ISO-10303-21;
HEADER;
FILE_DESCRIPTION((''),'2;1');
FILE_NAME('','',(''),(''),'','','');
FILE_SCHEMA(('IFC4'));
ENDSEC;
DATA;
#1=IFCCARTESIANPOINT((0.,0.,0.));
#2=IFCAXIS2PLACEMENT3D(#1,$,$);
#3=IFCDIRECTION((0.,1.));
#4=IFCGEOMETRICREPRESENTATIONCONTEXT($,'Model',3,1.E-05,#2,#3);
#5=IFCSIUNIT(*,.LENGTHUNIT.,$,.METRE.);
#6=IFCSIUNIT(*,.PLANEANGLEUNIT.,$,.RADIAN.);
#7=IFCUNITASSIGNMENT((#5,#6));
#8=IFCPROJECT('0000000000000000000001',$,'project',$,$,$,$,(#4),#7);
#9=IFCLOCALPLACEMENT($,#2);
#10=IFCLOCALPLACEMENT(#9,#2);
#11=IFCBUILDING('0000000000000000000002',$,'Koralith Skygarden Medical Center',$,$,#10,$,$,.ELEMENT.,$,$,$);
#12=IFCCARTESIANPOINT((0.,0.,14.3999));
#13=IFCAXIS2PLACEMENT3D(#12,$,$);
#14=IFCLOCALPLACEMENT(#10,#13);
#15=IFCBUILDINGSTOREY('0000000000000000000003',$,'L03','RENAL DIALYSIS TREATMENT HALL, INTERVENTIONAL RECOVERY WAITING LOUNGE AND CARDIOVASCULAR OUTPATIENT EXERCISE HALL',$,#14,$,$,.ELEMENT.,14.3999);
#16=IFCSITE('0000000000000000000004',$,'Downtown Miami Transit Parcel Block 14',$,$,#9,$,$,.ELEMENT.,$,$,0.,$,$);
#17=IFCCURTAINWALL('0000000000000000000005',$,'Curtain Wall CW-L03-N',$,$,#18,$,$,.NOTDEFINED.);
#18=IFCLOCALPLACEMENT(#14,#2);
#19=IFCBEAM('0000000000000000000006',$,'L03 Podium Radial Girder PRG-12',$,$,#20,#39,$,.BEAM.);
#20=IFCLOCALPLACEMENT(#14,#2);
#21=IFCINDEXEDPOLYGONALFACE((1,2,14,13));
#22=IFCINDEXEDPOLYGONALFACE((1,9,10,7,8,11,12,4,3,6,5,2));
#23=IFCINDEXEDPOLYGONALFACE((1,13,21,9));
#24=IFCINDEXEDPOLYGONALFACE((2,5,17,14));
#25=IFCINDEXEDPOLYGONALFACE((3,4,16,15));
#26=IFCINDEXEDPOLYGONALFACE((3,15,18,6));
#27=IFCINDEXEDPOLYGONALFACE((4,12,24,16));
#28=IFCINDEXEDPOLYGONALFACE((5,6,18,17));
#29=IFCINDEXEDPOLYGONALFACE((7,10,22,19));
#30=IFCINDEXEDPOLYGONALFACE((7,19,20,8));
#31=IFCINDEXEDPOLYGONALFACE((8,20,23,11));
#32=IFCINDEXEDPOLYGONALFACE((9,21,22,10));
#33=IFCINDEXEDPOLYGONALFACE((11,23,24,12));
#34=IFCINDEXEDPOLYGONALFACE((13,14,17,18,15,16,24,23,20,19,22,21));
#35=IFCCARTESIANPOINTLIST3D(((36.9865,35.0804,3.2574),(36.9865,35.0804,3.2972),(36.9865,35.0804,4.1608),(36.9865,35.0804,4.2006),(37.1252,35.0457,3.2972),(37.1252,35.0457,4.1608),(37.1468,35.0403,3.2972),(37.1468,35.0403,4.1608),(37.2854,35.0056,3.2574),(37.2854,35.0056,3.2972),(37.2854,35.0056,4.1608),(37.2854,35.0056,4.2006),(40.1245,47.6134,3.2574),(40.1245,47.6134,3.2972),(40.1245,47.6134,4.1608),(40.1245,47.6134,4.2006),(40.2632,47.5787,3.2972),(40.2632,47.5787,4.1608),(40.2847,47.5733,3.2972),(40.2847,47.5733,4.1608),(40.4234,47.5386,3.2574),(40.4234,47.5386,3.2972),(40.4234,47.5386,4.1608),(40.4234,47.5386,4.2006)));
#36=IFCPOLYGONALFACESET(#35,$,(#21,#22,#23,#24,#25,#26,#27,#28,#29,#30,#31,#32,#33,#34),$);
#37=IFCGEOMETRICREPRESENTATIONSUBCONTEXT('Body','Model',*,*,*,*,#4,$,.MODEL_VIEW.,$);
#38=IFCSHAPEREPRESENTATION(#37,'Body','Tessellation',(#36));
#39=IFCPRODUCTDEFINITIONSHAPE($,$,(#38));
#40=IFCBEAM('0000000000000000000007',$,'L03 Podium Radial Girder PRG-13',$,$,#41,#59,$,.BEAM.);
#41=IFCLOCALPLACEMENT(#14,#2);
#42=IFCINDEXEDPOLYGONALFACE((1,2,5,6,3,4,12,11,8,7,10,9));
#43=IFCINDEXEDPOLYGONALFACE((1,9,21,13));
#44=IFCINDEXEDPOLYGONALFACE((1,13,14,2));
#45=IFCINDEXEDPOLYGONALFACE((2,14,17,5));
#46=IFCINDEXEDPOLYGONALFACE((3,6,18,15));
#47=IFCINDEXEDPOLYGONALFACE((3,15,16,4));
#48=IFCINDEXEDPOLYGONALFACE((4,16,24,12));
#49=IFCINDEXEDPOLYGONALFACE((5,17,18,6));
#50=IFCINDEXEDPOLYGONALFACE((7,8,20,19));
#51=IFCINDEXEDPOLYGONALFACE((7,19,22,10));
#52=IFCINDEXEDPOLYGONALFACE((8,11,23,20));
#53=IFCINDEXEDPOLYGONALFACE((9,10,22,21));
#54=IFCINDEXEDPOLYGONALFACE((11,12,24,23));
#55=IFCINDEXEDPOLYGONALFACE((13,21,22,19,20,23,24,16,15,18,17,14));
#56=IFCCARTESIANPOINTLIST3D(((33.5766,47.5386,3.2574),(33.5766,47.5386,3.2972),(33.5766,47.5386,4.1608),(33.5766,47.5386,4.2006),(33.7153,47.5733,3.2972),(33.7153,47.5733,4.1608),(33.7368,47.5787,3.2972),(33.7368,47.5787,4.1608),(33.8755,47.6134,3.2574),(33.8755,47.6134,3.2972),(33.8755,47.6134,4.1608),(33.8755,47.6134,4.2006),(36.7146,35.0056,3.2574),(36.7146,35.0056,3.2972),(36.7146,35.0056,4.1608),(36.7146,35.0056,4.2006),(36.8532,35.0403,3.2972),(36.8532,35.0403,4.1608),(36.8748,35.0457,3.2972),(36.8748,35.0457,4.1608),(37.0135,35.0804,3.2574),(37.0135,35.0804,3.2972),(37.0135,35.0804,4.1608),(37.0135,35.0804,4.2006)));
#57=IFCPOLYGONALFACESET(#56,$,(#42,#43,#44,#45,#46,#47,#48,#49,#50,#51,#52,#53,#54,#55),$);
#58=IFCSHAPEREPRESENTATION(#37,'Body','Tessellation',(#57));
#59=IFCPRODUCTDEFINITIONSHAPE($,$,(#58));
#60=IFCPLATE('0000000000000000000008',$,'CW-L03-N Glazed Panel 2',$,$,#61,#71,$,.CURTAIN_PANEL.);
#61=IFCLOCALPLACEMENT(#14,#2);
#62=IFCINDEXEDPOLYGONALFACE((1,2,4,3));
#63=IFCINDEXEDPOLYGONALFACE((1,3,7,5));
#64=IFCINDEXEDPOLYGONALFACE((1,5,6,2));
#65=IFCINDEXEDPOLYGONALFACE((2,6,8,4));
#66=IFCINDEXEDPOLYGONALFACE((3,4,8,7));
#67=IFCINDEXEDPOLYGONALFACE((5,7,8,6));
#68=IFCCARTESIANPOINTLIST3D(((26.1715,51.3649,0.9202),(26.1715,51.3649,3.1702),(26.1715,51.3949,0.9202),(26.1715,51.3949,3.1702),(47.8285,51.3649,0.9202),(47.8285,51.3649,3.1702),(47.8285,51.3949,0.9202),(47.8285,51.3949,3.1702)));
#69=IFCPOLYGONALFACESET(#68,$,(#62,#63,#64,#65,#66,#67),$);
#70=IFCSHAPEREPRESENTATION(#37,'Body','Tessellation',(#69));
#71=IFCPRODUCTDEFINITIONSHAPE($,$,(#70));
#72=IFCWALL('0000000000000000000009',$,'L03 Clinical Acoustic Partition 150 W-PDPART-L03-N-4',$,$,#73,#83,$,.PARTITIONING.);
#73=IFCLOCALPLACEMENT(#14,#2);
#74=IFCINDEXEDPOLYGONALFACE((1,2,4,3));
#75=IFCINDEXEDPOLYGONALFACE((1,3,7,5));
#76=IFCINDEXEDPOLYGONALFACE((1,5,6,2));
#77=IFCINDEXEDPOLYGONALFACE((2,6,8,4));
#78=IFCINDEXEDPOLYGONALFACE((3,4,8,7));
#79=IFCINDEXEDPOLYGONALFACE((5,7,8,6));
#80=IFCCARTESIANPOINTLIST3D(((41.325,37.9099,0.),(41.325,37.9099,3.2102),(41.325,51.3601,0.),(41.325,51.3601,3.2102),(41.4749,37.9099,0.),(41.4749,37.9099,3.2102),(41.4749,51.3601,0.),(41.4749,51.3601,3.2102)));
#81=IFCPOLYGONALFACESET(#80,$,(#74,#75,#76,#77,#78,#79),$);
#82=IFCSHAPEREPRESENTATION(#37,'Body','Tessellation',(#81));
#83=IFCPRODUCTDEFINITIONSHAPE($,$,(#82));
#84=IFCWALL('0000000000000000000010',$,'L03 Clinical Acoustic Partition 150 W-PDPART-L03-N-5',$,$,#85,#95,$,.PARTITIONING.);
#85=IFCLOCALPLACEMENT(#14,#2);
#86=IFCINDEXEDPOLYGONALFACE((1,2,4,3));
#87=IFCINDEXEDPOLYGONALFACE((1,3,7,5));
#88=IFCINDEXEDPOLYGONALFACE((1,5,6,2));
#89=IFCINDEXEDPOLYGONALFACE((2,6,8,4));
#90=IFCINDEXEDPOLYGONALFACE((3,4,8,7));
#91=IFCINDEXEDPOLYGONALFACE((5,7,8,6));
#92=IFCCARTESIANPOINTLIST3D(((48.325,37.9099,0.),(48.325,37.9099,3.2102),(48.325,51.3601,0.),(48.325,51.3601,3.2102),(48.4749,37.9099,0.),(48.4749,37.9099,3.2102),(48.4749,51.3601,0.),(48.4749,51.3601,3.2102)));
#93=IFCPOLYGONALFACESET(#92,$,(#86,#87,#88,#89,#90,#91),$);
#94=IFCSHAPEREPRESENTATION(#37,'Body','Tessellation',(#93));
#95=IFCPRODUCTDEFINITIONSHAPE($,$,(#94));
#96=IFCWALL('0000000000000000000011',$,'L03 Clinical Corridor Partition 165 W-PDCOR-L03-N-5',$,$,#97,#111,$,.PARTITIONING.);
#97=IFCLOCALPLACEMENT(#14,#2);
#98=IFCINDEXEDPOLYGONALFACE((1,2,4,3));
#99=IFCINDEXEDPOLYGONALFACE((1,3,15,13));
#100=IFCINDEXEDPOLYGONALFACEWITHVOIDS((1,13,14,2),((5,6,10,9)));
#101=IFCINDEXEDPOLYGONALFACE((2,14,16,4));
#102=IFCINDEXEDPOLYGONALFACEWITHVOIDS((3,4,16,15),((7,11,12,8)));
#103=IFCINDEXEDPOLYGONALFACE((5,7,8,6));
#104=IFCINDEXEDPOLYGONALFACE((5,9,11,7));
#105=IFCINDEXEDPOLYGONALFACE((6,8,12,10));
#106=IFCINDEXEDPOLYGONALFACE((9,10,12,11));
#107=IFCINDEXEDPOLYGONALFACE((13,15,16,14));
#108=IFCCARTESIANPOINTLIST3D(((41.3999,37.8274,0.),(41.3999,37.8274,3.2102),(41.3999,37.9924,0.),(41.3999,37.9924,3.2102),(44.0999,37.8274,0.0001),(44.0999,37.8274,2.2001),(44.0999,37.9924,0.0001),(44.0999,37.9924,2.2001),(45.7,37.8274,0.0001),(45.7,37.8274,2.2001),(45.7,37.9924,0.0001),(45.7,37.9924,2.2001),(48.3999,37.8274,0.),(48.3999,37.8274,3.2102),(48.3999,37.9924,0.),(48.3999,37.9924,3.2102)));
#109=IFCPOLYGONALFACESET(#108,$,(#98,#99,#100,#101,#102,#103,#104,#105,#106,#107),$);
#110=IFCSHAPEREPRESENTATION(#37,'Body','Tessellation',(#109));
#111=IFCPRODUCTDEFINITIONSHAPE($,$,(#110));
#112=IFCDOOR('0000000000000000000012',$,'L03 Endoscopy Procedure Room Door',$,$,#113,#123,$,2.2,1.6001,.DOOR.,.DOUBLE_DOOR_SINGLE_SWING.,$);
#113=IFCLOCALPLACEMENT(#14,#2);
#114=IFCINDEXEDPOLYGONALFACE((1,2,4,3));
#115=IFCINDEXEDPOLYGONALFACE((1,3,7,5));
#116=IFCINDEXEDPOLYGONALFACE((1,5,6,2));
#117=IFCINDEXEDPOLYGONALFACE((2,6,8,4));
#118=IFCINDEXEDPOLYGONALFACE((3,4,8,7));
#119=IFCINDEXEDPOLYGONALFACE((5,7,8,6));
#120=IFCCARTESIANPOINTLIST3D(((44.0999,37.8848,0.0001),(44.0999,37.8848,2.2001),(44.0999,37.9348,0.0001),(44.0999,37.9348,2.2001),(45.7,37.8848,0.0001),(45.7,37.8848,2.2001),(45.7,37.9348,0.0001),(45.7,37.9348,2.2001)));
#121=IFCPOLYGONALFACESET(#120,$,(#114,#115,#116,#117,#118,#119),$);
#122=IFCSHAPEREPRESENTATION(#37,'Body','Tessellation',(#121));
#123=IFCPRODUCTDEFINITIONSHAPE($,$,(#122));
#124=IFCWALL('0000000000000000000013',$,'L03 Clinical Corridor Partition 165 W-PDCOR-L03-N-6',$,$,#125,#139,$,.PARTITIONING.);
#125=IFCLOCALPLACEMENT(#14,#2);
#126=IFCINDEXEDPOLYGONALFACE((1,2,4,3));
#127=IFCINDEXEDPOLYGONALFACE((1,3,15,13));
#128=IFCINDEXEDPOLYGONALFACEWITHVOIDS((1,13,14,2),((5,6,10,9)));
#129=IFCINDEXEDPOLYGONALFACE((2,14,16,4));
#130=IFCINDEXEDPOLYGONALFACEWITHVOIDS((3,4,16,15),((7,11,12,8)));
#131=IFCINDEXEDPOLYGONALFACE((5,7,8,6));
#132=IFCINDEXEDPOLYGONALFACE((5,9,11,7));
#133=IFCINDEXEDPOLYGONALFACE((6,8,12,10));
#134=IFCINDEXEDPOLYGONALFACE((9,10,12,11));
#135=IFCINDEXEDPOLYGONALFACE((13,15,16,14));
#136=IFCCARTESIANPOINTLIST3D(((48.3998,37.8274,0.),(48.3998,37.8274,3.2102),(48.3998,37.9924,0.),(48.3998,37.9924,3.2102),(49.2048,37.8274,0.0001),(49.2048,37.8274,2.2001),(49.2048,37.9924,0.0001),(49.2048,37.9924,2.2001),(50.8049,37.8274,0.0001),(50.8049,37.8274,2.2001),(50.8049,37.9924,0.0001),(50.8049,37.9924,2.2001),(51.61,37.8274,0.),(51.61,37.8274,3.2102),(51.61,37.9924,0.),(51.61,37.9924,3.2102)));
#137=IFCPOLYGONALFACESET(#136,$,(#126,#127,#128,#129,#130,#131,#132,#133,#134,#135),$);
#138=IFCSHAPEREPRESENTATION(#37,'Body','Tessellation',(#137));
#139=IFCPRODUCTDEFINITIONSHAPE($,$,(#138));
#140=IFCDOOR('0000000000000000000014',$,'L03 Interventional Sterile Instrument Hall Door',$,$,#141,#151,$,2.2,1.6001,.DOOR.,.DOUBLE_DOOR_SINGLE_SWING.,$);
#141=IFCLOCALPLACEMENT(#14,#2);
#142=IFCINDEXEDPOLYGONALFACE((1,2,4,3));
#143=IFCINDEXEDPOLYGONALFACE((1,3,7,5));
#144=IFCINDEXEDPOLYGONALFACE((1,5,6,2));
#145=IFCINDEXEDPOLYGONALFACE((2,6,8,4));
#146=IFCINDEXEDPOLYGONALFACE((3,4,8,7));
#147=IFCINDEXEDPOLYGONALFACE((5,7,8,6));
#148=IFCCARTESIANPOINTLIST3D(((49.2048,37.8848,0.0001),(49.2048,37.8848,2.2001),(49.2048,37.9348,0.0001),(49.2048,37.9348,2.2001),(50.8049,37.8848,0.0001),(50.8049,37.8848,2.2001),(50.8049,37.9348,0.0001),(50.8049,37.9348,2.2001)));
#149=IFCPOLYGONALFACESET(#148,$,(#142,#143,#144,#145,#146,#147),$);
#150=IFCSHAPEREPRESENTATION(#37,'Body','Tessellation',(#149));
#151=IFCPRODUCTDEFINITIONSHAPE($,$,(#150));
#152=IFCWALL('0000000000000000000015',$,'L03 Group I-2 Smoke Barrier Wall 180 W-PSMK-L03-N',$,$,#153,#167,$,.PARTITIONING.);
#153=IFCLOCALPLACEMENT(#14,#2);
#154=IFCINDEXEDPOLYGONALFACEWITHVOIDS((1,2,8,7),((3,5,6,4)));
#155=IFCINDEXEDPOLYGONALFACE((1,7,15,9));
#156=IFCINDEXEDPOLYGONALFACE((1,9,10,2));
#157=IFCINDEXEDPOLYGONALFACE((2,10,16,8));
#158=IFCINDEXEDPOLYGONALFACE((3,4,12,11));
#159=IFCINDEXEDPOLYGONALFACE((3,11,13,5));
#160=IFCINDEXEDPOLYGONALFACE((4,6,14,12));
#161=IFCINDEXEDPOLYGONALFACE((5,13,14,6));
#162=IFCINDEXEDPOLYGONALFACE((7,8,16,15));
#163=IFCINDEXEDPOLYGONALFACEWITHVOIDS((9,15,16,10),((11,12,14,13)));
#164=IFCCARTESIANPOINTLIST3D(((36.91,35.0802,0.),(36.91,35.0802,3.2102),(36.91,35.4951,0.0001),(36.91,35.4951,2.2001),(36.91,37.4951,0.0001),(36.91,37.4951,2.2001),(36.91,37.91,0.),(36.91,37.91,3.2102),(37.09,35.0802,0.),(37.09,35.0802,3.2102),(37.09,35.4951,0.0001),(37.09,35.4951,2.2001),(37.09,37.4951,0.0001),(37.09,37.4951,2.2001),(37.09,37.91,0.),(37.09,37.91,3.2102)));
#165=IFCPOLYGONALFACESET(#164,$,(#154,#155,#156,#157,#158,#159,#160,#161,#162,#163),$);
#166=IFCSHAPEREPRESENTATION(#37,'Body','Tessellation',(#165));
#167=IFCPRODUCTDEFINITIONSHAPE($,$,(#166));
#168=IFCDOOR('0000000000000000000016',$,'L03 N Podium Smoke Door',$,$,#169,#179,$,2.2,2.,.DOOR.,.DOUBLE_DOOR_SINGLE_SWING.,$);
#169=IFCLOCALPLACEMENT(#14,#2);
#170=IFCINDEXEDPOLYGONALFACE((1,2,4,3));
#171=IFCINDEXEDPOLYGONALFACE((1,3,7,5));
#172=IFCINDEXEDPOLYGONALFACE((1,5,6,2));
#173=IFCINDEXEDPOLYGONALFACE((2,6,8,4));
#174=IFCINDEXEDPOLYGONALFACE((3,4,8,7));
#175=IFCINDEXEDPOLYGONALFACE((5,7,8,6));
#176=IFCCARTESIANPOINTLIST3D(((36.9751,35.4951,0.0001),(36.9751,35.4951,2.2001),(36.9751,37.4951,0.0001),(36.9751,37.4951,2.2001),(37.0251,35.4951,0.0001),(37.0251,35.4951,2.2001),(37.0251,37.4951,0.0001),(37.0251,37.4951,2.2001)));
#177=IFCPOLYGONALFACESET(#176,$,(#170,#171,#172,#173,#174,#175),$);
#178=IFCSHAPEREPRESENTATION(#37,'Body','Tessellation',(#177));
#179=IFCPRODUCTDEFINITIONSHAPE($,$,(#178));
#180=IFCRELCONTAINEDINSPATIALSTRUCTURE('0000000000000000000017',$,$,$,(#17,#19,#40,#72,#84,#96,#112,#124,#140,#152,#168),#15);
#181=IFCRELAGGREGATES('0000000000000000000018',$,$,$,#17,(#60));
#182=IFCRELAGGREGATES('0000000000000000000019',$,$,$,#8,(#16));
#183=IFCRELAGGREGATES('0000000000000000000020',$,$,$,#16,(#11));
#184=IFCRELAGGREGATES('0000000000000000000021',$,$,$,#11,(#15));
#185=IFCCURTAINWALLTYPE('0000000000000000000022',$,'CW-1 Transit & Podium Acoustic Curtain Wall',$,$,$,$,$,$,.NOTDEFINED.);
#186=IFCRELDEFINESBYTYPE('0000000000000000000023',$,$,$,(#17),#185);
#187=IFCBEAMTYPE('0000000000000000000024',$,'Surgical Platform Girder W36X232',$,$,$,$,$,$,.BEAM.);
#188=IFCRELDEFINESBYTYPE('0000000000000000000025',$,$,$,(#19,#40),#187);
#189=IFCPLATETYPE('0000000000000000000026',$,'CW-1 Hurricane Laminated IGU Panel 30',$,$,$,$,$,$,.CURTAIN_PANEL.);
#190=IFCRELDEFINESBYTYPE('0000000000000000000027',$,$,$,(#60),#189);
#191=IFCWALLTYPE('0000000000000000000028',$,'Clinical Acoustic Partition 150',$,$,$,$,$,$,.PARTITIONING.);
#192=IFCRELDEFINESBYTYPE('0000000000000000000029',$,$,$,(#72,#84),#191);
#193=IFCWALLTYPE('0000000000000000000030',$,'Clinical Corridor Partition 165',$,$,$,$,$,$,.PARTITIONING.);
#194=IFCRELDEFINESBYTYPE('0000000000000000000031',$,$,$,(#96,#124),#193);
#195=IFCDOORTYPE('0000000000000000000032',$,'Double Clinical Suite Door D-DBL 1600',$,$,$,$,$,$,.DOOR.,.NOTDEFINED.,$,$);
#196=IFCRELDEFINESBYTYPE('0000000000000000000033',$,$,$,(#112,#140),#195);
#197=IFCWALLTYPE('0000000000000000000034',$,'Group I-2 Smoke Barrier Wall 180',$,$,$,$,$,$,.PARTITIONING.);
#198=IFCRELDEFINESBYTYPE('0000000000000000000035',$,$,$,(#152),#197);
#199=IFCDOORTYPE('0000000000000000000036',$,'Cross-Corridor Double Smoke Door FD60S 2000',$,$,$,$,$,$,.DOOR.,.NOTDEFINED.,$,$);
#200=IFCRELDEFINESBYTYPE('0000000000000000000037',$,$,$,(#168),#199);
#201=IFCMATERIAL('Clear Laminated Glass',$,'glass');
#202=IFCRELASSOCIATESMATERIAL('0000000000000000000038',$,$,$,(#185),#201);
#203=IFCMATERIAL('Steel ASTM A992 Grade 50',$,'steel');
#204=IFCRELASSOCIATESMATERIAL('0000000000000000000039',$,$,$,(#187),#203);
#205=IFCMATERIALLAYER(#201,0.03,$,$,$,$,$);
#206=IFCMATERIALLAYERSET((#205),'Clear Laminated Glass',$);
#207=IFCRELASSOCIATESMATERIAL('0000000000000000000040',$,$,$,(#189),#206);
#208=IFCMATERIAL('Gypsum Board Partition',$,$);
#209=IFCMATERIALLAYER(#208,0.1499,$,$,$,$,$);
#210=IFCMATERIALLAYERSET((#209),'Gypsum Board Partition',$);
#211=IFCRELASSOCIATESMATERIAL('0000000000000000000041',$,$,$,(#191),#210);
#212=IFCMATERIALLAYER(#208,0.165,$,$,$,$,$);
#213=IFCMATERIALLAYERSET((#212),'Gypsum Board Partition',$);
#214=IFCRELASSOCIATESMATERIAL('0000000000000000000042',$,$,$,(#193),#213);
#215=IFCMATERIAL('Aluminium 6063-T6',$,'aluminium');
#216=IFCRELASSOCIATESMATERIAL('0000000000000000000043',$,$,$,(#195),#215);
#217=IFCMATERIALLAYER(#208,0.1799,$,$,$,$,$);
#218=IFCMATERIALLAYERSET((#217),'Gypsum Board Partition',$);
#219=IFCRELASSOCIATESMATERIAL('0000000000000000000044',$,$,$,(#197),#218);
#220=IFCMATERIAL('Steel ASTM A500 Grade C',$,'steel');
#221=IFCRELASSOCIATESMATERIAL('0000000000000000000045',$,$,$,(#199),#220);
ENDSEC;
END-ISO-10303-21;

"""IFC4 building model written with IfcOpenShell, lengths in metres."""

from ifc_helpers import new_model, si_unit, direction, frame, frame_2d, origin, origin_2d, place, context, subcontext, project, spatial, rectangle, i_section, extrude, material, layer, layer_set, material_profile, profile_set, type_object, element, fill, aggregate, save


model = new_model("IFC4")

# Units and contexts
model_context = context("Model", 3, precision=1e-05, world=origin(), true_north=direction((0.0, 1.0)))
body_context = subcontext(model_context, "Body", "Model", "MODEL_VIEW")
ifc_project = project(units=[si_unit("LENGTHUNIT", "METRE"), si_unit("PLANEANGLEUNIT", "RADIAN")], contexts=[model_context])

# Site, building, storey
site_placement = place(None, origin())
site = spatial("IfcSite", under=ifc_project, at=site_placement, Name="Downtown Miami Transit Parcel Block 14", CompositionType="ELEMENT", RefElevation=0.0)
building_placement = place(site_placement, origin())
building = spatial("IfcBuilding", under=site, at=building_placement, Name="Koralith Skygarden Medical Center", CompositionType="ELEMENT")
storey_placement = place(building_placement, frame((0.0, 0.0, 14.3999)))
storey = spatial("IfcBuildingStorey", under=building, at=storey_placement, Name="L03", Description="RENAL DIALYSIS TREATMENT HALL, INTERVENTIONAL RECOVERY WAITING LOUNGE AND CARDIOVASCULAR OUTPATIENT EXERCISE HALL", CompositionType="ELEMENT", Elevation=14.3999)

# Curtain wall
ifc_material_1 = material(Name="Clear Laminated Glass", Category="glass")
curtain_wall_type = type_object("IfcCurtainWallType", Name="CW-1 Transit & Podium Acoustic Curtain Wall", PredefinedType="NOTDEFINED", material=ifc_material_1)
curtain_wall_placement = place(storey_placement, origin())
curtain_wall = element("IfcCurtainWall", 1, at=curtain_wall_placement, inside=storey, type_object=curtain_wall_type, Name="Curtain Wall CW-L03-N", PredefinedType="NOTDEFINED")
ifc_material_2 = material(Name="Aluminium 6063-T6", Category="aluminium")

# Beams
ifc_material_3 = material(Name="Steel ASTM A992 Grade 50", Category="steel")
ifc_material_profile_1 = material_profile(ifc_material_3, i_section(OverallWidth=0.3081, OverallDepth=0.9431, WebThickness=0.0222, FlangeThickness=0.0398, at=origin_2d()), Name="W36X232")
ifc_profile_set_1 = profile_set([ifc_material_profile_1], Name="Steel ASTM A992 Grade 50")
beam_type_1 = type_object("IfcBeamType", Name="Surgical Platform Girder W36X232", PredefinedType="BEAM", material=ifc_profile_set_1)
for number, where, z_axis, x_axis, name in (
    (2, (37.136, 35.043, 3.729), (0.242878, 0.970057, 0.0), (-0.970057, 0.242878, 0.0), "L03 Podium Radial Girder PRG-12"),
    (3, (36.864, 35.043, 3.729), (-0.242878, 0.970057, 0.0), (-0.970057, -0.242878, 0.0), "L03 Podium Radial Girder PRG-13"),
):
    element("IfcBeam", number, at=place(storey_placement, frame(where, z_axis=z_axis, x_axis=x_axis)), inside=storey, type_object=beam_type_1, Name=name, PredefinedType="BEAM", context=body_context, shape_type="SweptSolid", body=[
        extrude(i_section(OverallWidth=0.3081, OverallDepth=0.9431, WebThickness=0.0222, FlangeThickness=0.0398, at=origin_2d()), origin(), (0.0, 0.0, 1.0), 12.9199),
    ])

# Plate
ifc_layer_1 = layer(ifc_material_1, 0.03)
ifc_layer_set_1 = layer_set([ifc_layer_1], Name="Clear Laminated Glass")
plate_type = type_object("IfcPlateType", Name="CW-1 Hurricane Laminated IGU Panel 30", PredefinedType="CURTAIN_PANEL", material=ifc_layer_set_1)
plate_placement = place(storey_placement, frame((37.0, 51.3799, 0.9202), z_axis=(0.0, 0.0, 1.0), x_axis=(-1.0, 0.0, 0.0)))
plate = element("IfcPlate", 4, at=plate_placement, type_object=plate_type, Name="CW-L03-N Glazed Panel 2", PredefinedType="CURTAIN_PANEL", context=body_context, shape_type="SweptSolid", body=[
    extrude(rectangle(XDim=21.657, YDim=0.03, at=origin_2d()), origin(), (0.0, 0.0, 1.0), 2.25),
])
aggregate(curtain_wall, [plate])

# Walls
ifc_material_4 = material(Name="Gypsum Board Partition")
ifc_layer_2 = layer(ifc_material_4, 0.1499)
ifc_layer_set_2 = layer_set([ifc_layer_2], Name="Gypsum Board Partition")
wall_type_1 = type_object("IfcWallType", Name="Clinical Acoustic Partition 150", PredefinedType="PARTITIONING", material=ifc_layer_set_2)
for number, where, z_axis, x_axis, name in (
    (5, (41.3999, 37.9099, 0.0), (0.0, 0.0, 1.0), (0.0, 1.0, 0.0), "L03 Clinical Acoustic Partition 150 W-PDPART-L03-N-4"),
    (6, (48.3999, 37.9099, 0.0), (0.0, 0.0, 1.0), (0.0, 1.0, 0.0), "L03 Clinical Acoustic Partition 150 W-PDPART-L03-N-5"),
):
    element("IfcWall", number, at=place(storey_placement, frame(where, z_axis=z_axis, x_axis=x_axis)), inside=storey, type_object=wall_type_1, Name=name, PredefinedType="PARTITIONING", context=body_context, shape_type="SweptSolid", body=[
        extrude(rectangle(XDim=13.4502, YDim=0.1499, at=frame_2d((6.7251, 0.0))), origin(), (0.0, 0.0, 1.0), 3.2102),
    ])

# Walls, openings, doors
ifc_layer_3 = layer(ifc_material_4, 0.165)
ifc_layer_set_3 = layer_set([ifc_layer_3], Name="Gypsum Board Partition")
wall_type_2 = type_object("IfcWallType", Name="Clinical Corridor Partition 165", PredefinedType="PARTITIONING", material=ifc_layer_set_3)
wall_1_placement = place(storey_placement, frame((41.3999, 37.9099, 0.0), z_axis=(0.0, 0.0, 1.0), x_axis=(1.0, 0.0, 0.0)))
wall_1 = element("IfcWall", 7, at=wall_1_placement, inside=storey, type_object=wall_type_2, Name="L03 Clinical Corridor Partition 165 W-PDCOR-L03-N-5", PredefinedType="PARTITIONING", context=body_context, shape_type="SweptSolid", body=[
    extrude(rectangle(XDim=7.0, YDim=0.165, at=frame_2d((3.5, 0.0))), origin(), (0.0, 0.0, 1.0), 3.2102),
])
opening_1_placement = place(wall_1_placement, frame((2.7, 0.0, 0.0)))
opening_1 = element("IfcOpeningElement", 8, at=opening_1_placement, cuts=wall_1, PredefinedType="OPENING", context=body_context, shape_type="SweptSolid", body=[
    extrude(rectangle(XDim=1.6001, YDim=2.2, at=frame_2d((0.8, 1.1001))), frame((0.0, 0.0925, 0.0), z_axis=(0.0, -1.0, 0.0), x_axis=(1.0, 0.0, 0.0)), (0.0, 0.0, 1.0), 0.1851),
])
door_type_1 = type_object("IfcDoorType", Name="Double Clinical Suite Door D-DBL 1600", OperationType="NOTDEFINED", PredefinedType="DOOR", material=ifc_material_2)
door_1_placement = place(opening_1_placement, origin())
door_1 = element("IfcDoor", 9, at=door_1_placement, inside=storey, type_object=door_type_1, Name="L03 Endoscopy Procedure Room Door", OperationType="DOUBLE_DOOR_SINGLE_SWING", OverallHeight=2.2, OverallWidth=1.6001, PredefinedType="DOOR", context=body_context, shape_type="SweptSolid", body=[
    extrude(rectangle(XDim=1.6001, YDim=2.2, at=frame_2d((0.8, 1.1001))), frame((0.0, 0.0249, 0.0), z_axis=(0.0, -1.0, 0.0), x_axis=(1.0, 0.0, 0.0)), (0.0, 0.0, 1.0), 0.05),
])
fill(opening_1, door_1)
wall_2_placement = place(storey_placement, frame((48.3999, 37.9099, 0.0), z_axis=(0.0, 0.0, 1.0), x_axis=(1.0, 0.0, 0.0)))
wall_2 = element("IfcWall", 10, at=wall_2_placement, inside=storey, type_object=wall_type_2, Name="L03 Clinical Corridor Partition 165 W-PDCOR-L03-N-6", PredefinedType="PARTITIONING", context=body_context, shape_type="SweptSolid", body=[
    extrude(rectangle(XDim=3.2102, YDim=0.165, at=frame_2d((1.605, 0.0))), origin(), (0.0, 0.0, 1.0), 3.2102),
])
opening_2_placement = place(wall_2_placement, frame((0.8049, 0.0, 0.0)))
opening_2 = element("IfcOpeningElement", 11, at=opening_2_placement, cuts=wall_2, PredefinedType="OPENING", context=body_context, shape_type="SweptSolid", body=[
    extrude(rectangle(XDim=1.6001, YDim=2.2, at=frame_2d((0.8, 1.1001))), frame((0.0, 0.0925, 0.0), z_axis=(0.0, -1.0, 0.0), x_axis=(1.0, 0.0, 0.0)), (0.0, 0.0, 1.0), 0.1851),
])
door_2_placement = place(opening_2_placement, origin())
door_2 = element("IfcDoor", 12, at=door_2_placement, inside=storey, type_object=door_type_1, Name="L03 Interventional Sterile Instrument Hall Door", OperationType="DOUBLE_DOOR_SINGLE_SWING", OverallHeight=2.2, OverallWidth=1.6001, PredefinedType="DOOR", context=body_context, shape_type="SweptSolid", body=[
    extrude(rectangle(XDim=1.6001, YDim=2.2, at=frame_2d((0.8, 1.1001))), frame((0.0, 0.0249, 0.0), z_axis=(0.0, -1.0, 0.0), x_axis=(1.0, 0.0, 0.0)), (0.0, 0.0, 1.0), 0.05),
])
fill(opening_2, door_2)
ifc_layer_4 = layer(ifc_material_4, 0.1799)
ifc_layer_set_4 = layer_set([ifc_layer_4], Name="Gypsum Board Partition")
wall_type_3 = type_object("IfcWallType", Name="Group I-2 Smoke Barrier Wall 180", PredefinedType="PARTITIONING", material=ifc_layer_set_4)
wall_3_placement = place(storey_placement, frame((37.0, 35.0801, 0.0), z_axis=(0.0, 0.0, 1.0), x_axis=(0.0, 1.0, 0.0)))
wall_3 = element("IfcWall", 13, at=wall_3_placement, inside=storey, type_object=wall_type_3, Name="L03 Group I-2 Smoke Barrier Wall 180 W-PSMK-L03-N", PredefinedType="PARTITIONING", context=body_context, shape_type="SweptSolid", body=[
    extrude(rectangle(XDim=2.8298, YDim=0.1799, at=frame_2d((1.415, 0.0))), origin(), (0.0, 0.0, 1.0), 3.2102),
])
opening_3_placement = place(wall_3_placement, frame((0.415, 0.0, 0.0)))
opening_3 = element("IfcOpeningElement", 14, at=opening_3_placement, cuts=wall_3, PredefinedType="OPENING", context=body_context, shape_type="SweptSolid", body=[
    extrude(rectangle(XDim=2.0, YDim=2.2, at=frame_2d((1.0, 1.1001))), frame((0.0, 0.0999, 0.0), z_axis=(0.0, -1.0, 0.0), x_axis=(1.0, 0.0, 0.0)), (0.0, 0.0, 1.0), 0.2),
])
ifc_material_5 = material(Name="Steel ASTM A500 Grade C", Category="steel")
door_type_2 = type_object("IfcDoorType", Name="Cross-Corridor Double Smoke Door FD60S 2000", OperationType="NOTDEFINED", PredefinedType="DOOR", material=ifc_material_5)
door_3_placement = place(opening_3_placement, origin())
door_3 = element("IfcDoor", 15, at=door_3_placement, inside=storey, type_object=door_type_2, Name="L03 N Podium Smoke Door", OperationType="DOUBLE_DOOR_SINGLE_SWING", OverallHeight=2.2, OverallWidth=2.0, PredefinedType="DOOR", context=body_context, shape_type="SweptSolid", body=[
    extrude(rectangle(XDim=2.0, YDim=2.2, at=frame_2d((1.0, 1.1001))), frame((0.0, 0.0249, 0.0), z_axis=(0.0, -1.0, 0.0), x_axis=(1.0, 0.0, 0.0)), (0.0, 0.0, 1.0), 0.05),
])
fill(opening_3, door_3)

save(model, "model.ifc")
